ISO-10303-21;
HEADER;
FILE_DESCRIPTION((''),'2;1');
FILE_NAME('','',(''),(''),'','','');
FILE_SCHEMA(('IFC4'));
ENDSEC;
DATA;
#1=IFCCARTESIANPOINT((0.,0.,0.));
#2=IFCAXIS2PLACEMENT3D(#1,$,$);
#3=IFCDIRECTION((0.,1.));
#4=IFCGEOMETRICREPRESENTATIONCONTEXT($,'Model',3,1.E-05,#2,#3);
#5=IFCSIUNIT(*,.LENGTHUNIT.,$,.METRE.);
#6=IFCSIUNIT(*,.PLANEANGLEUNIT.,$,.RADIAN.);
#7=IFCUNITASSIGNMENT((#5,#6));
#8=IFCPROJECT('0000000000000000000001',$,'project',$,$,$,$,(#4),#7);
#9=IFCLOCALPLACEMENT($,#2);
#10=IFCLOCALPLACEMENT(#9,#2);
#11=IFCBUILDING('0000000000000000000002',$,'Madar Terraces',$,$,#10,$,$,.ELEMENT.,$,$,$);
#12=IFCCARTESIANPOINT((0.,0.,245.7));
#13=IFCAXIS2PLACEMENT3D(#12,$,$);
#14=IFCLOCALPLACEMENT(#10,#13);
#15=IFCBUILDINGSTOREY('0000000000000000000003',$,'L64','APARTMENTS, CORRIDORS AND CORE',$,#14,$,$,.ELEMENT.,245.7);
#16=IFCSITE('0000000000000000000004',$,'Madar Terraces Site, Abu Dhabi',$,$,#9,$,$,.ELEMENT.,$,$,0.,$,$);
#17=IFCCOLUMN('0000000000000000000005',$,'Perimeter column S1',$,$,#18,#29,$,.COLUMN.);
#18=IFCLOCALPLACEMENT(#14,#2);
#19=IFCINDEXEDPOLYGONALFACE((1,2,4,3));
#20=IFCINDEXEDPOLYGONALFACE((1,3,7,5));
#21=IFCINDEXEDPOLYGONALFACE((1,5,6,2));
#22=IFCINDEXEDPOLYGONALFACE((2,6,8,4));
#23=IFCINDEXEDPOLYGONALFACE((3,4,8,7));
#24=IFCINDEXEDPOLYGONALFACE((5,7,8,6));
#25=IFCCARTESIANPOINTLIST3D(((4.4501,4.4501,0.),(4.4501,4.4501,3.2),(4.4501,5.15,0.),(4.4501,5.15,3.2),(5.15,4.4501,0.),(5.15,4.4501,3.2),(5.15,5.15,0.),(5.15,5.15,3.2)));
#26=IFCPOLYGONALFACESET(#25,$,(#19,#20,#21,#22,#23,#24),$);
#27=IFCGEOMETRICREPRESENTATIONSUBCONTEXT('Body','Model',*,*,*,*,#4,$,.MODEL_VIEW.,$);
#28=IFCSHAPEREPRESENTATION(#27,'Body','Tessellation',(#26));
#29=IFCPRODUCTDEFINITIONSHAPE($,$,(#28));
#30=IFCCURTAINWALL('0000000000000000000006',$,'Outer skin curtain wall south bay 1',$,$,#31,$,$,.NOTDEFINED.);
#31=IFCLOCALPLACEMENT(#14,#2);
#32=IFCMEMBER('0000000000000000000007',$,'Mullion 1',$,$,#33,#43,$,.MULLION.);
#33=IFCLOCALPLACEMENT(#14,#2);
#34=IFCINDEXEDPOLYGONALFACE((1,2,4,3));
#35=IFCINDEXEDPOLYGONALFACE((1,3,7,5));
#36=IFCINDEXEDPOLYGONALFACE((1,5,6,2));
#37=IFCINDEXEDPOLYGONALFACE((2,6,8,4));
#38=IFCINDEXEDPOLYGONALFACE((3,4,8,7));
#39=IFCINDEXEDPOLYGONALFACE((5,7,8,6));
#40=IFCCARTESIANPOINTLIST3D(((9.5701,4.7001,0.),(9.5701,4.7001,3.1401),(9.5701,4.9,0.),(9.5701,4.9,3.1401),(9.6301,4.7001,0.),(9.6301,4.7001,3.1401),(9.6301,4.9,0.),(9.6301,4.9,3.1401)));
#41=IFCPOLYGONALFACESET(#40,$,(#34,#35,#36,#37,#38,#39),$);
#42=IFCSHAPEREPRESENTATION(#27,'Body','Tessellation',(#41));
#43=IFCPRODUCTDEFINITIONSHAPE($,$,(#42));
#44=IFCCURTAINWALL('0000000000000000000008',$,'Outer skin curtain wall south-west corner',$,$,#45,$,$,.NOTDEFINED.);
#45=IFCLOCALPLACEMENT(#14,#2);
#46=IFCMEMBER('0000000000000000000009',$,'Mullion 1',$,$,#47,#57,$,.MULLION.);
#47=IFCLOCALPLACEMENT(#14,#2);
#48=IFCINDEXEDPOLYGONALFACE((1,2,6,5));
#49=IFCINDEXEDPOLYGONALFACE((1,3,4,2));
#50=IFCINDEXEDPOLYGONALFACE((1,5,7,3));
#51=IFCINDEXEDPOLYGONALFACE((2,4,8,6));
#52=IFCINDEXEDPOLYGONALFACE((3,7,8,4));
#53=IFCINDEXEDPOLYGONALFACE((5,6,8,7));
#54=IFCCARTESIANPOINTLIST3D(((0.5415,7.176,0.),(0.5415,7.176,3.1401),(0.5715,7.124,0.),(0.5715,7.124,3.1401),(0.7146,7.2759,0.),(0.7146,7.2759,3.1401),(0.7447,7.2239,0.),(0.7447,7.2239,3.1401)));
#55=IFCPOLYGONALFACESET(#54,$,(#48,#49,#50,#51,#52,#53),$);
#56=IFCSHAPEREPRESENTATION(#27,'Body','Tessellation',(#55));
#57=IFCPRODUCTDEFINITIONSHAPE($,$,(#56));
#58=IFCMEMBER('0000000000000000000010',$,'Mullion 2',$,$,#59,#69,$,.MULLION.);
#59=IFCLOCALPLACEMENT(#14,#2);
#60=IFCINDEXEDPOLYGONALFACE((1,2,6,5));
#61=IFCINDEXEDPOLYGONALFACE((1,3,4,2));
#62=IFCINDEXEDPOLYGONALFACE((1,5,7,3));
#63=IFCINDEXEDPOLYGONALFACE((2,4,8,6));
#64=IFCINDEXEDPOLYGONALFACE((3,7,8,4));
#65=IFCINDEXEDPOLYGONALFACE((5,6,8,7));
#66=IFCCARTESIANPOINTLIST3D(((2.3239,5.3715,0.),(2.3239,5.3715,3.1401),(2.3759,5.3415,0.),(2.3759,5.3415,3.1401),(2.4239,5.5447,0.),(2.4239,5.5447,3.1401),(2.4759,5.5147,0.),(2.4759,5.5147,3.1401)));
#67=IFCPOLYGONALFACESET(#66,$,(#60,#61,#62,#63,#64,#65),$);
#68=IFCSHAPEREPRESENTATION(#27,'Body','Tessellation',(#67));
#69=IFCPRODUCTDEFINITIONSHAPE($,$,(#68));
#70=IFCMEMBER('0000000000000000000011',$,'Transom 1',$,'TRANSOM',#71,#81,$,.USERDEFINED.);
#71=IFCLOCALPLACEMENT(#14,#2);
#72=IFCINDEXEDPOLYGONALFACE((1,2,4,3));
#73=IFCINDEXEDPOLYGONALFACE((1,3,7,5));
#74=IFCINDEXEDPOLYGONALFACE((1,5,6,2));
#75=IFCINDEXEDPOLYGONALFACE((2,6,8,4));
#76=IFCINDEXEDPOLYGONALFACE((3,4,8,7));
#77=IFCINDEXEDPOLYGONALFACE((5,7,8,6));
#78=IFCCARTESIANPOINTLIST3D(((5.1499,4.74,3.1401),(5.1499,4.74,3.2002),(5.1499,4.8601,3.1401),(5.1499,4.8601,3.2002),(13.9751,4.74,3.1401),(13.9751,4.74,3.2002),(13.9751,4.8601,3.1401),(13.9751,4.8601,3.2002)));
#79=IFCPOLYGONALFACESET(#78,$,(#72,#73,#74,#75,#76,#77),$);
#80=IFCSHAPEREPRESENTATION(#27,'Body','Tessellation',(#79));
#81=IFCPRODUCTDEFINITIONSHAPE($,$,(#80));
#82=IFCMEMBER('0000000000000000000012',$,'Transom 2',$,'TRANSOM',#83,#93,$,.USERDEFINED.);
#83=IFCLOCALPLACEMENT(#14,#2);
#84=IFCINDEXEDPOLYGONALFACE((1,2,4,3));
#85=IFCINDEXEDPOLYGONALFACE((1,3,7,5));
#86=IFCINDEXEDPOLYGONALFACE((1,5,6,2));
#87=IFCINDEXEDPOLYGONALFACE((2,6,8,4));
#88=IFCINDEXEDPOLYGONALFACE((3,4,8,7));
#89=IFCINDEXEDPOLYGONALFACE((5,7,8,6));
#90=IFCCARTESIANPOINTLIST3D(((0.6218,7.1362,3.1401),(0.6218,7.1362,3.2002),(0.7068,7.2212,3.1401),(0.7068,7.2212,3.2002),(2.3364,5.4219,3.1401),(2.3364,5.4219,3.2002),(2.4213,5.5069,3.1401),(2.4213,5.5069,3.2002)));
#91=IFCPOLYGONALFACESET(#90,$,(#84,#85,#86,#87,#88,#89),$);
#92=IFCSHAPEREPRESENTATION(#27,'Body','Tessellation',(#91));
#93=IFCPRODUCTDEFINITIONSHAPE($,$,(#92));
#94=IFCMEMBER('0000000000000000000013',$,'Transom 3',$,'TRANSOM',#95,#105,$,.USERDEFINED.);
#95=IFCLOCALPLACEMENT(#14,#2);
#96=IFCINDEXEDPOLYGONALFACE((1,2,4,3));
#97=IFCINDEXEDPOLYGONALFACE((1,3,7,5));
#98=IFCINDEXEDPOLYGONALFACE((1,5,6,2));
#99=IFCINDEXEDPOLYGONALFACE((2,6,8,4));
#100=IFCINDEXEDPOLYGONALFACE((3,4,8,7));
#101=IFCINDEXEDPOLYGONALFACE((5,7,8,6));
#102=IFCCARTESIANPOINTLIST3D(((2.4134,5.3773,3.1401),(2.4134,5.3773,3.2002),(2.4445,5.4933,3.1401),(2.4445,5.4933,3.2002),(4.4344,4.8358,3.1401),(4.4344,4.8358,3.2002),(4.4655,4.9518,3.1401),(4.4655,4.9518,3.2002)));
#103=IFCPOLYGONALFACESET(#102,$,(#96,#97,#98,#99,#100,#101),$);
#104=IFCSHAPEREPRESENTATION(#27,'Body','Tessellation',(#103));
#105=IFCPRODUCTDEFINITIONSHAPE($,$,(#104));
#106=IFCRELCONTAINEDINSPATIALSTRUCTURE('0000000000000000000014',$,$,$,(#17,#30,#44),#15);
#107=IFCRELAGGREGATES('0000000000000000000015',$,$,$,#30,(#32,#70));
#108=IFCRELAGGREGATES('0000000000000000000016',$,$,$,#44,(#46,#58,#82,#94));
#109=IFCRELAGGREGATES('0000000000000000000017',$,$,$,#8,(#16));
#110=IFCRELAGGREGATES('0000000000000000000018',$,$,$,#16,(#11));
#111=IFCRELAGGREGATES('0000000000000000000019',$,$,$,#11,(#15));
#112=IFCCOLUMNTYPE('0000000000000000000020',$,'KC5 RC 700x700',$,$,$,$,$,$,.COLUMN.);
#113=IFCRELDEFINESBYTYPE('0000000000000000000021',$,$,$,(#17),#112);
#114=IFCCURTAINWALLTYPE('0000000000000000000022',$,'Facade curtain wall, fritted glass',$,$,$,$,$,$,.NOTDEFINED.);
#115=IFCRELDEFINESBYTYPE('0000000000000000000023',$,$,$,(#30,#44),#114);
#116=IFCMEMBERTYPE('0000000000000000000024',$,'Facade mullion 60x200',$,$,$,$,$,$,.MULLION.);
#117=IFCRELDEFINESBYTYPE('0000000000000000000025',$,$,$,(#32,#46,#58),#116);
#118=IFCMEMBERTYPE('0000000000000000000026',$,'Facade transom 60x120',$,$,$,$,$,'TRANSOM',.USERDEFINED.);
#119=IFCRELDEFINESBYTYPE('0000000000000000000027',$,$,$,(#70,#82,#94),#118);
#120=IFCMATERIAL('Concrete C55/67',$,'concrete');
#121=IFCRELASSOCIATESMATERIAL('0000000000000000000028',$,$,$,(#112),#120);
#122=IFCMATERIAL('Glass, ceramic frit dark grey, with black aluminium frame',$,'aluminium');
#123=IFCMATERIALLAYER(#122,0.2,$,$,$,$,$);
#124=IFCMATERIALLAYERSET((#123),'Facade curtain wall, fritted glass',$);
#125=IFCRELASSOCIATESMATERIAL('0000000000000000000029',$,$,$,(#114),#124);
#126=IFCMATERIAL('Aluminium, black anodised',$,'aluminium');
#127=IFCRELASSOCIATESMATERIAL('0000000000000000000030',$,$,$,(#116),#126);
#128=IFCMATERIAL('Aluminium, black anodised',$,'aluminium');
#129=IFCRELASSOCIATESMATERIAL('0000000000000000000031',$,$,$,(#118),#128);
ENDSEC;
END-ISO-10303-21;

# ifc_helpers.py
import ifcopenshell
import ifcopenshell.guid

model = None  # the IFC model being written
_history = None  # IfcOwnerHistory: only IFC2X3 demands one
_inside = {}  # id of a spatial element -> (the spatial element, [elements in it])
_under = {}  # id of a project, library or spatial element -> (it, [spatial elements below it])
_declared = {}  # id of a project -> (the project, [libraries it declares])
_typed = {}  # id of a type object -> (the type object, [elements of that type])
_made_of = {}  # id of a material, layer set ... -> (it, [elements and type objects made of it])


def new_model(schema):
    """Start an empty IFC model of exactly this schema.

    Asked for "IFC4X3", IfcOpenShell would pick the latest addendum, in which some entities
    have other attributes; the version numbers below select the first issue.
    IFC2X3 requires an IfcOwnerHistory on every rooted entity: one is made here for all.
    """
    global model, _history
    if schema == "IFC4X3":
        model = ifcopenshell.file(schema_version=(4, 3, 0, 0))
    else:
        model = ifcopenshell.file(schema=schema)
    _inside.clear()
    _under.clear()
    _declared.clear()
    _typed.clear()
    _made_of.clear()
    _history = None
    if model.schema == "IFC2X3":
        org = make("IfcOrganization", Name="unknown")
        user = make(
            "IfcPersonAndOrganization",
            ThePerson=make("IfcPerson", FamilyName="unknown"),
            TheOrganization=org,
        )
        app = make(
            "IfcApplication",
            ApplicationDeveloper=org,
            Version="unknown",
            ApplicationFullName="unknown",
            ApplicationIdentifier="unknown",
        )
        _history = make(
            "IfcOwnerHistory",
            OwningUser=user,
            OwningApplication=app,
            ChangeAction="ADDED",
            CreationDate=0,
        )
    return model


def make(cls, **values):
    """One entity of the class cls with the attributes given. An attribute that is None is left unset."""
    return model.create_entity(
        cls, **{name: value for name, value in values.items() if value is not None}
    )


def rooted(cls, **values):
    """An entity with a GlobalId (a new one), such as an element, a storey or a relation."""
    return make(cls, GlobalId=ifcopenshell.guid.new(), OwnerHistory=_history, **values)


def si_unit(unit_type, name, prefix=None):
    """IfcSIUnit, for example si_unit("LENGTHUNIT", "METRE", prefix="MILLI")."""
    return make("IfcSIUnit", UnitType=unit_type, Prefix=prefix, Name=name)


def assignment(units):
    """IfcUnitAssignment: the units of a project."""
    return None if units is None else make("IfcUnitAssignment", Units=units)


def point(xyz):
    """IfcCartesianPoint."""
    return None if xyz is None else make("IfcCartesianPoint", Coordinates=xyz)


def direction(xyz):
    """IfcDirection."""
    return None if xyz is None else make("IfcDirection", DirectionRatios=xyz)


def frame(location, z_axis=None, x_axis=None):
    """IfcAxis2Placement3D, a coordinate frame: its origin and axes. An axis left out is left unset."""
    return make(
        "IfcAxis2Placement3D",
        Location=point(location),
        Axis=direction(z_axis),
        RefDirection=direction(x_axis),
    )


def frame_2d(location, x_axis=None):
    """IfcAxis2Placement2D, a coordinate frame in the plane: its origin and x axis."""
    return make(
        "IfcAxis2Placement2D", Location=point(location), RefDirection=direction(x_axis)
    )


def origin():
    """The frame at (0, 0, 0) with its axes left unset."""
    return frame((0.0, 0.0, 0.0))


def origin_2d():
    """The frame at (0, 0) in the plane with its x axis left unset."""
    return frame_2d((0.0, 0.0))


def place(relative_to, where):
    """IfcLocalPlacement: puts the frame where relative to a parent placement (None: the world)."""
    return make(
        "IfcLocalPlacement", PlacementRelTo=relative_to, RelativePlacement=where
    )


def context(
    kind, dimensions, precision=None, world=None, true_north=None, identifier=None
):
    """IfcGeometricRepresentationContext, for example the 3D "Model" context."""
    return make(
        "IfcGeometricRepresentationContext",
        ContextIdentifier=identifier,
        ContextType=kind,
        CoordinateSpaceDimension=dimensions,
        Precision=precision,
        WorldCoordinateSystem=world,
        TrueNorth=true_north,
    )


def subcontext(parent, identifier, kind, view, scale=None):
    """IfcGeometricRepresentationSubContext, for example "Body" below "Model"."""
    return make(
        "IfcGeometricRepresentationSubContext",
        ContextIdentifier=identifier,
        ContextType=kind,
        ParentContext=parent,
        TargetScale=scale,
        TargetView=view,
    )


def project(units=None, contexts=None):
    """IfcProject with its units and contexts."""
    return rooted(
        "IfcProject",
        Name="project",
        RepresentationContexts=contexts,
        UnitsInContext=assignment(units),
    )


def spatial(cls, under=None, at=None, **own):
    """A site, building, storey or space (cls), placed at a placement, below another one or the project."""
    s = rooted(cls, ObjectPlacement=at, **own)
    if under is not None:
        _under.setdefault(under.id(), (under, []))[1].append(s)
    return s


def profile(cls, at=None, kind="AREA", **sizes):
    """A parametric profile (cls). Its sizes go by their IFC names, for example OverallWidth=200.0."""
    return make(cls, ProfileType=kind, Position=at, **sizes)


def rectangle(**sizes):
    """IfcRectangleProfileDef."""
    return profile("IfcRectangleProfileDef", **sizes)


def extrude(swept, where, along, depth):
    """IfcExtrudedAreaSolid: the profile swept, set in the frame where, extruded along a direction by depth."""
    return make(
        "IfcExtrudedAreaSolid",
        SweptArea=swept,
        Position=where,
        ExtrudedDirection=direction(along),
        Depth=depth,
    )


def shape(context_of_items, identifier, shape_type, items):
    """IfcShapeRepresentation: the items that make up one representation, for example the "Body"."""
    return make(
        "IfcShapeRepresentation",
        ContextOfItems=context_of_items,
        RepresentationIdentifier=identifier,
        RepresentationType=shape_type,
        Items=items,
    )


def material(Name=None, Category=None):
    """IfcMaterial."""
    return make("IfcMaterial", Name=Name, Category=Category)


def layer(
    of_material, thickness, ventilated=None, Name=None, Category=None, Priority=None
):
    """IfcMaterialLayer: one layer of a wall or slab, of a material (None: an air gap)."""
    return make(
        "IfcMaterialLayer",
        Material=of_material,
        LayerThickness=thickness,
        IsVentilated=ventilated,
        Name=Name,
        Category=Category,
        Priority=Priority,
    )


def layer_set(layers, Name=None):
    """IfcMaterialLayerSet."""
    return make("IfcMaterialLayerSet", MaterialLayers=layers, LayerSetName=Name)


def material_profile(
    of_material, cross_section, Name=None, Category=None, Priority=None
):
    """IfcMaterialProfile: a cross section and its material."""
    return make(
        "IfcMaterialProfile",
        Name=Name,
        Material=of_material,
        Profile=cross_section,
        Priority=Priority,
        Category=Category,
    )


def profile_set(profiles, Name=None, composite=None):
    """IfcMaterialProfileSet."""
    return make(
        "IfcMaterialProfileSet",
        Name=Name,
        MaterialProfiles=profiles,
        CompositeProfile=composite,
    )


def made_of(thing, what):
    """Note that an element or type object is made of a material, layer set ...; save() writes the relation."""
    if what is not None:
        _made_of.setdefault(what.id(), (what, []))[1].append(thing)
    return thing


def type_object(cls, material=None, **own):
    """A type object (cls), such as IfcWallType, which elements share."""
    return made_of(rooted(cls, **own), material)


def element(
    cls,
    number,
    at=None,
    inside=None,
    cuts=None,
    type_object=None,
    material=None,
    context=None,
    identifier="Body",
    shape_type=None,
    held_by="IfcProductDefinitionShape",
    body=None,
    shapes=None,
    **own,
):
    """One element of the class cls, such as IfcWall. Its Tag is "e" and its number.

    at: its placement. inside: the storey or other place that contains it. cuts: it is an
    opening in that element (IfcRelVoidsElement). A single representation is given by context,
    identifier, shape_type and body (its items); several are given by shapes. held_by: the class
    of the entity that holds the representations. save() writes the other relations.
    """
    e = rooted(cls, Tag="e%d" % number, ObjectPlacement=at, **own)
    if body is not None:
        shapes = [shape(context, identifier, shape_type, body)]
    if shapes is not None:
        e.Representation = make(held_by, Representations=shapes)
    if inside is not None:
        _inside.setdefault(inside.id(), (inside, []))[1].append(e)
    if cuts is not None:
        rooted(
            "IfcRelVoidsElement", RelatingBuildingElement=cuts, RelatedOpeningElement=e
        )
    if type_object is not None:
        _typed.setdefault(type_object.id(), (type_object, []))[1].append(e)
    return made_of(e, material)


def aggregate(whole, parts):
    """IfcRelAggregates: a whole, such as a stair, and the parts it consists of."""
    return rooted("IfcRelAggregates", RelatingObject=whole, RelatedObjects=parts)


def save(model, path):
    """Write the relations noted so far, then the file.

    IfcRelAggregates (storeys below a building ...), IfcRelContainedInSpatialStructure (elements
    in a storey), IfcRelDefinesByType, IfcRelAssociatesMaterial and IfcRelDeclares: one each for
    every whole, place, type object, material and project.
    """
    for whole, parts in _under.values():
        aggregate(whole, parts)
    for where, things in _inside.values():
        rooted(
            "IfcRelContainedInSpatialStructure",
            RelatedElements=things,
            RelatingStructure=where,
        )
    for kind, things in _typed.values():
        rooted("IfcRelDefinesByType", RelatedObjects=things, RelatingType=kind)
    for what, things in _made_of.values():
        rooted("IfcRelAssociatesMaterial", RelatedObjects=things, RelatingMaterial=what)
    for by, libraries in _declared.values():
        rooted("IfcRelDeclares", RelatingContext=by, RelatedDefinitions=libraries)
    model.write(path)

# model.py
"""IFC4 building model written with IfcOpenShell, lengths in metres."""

from ifc_helpers import new_model, si_unit, direction, frame, origin, origin_2d, place, context, subcontext, project, spatial, rectangle, extrude, material, layer, layer_set, material_profile, profile_set, type_object, element, aggregate, save


model = new_model("IFC4")

# Units and contexts
model_context = context("Model", 3, precision=1e-05, world=origin(), true_north=direction((0.0, 1.0)))
body_context = subcontext(model_context, "Body", "Model", "MODEL_VIEW")
ifc_project = project(units=[si_unit("LENGTHUNIT", "METRE"), si_unit("PLANEANGLEUNIT", "RADIAN")], contexts=[model_context])

# Site, building, storey
site_placement = place(None, origin())
site = spatial("IfcSite", under=ifc_project, at=site_placement, Name="Madar Terraces Site, Abu Dhabi", CompositionType="ELEMENT", RefElevation=0.0)
building_placement = place(site_placement, origin())
building = spatial("IfcBuilding", under=site, at=building_placement, Name="Madar Terraces", CompositionType="ELEMENT")
storey_placement = place(building_placement, frame((0.0, 0.0, 245.7)))
storey = spatial("IfcBuildingStorey", under=building, at=storey_placement, Name="L64", Description="APARTMENTS, CORRIDORS AND CORE", CompositionType="ELEMENT", Elevation=245.7)

# Column
ifc_material_1 = material(Name="Concrete C55/67", Category="concrete")
ifc_material_profile_1 = material_profile(ifc_material_1, rectangle(XDim=0.7, YDim=0.7, at=origin_2d()), Name="KC5 RC 700x700")
ifc_profile_set_1 = profile_set([ifc_material_profile_1], Name="Concrete C55/67")
column_type = type_object("IfcColumnType", Name="KC5 RC 700x700", PredefinedType="COLUMN", material=ifc_profile_set_1)
column_placement = place(storey_placement, frame((4.8, 4.8, 0.0), z_axis=(0.0, 0.0, 1.0), x_axis=(1.0, 0.0, 0.0)))
element("IfcColumn", 1, at=column_placement, inside=storey, type_object=column_type, Name="Perimeter column S1", PredefinedType="COLUMN", context=body_context, shape_type="SweptSolid", body=[
    extrude(rectangle(XDim=0.7, YDim=0.7, at=origin_2d()), origin(), (0.0, 0.0, 1.0), 3.2),
])

# Curtain wall, member
ifc_material_2 = material(Name="Glass, ceramic frit dark grey, with black aluminium frame", Category="aluminium")
ifc_layer_1 = layer(ifc_material_2, 0.2)
ifc_layer_set_1 = layer_set([ifc_layer_1], Name="Facade curtain wall, fritted glass")
curtain_wall_type = type_object("IfcCurtainWallType", Name="Facade curtain wall, fritted glass", PredefinedType="NOTDEFINED", material=ifc_layer_set_1)
curtain_wall_1_placement = place(storey_placement, origin())
curtain_wall_1 = element("IfcCurtainWall", 2, at=curtain_wall_1_placement, inside=storey, type_object=curtain_wall_type, Name="Outer skin curtain wall south bay 1", PredefinedType="NOTDEFINED")
ifc_material_3 = material(Name="Aluminium, black anodised", Category="aluminium")
ifc_material_profile_2 = material_profile(ifc_material_3, rectangle(XDim=0.2, YDim=0.0601, at=origin_2d()), Name="Facade mullion 60x200")
ifc_profile_set_2 = profile_set([ifc_material_profile_2], Name="Aluminium, black anodised")
member_type_1 = type_object("IfcMemberType", Name="Facade mullion 60x200", PredefinedType="MULLION", material=ifc_profile_set_2)
member_1_placement = place(storey_placement, frame((9.6001, 4.8, 0.0), z_axis=(0.0, 0.0, 1.0), x_axis=(0.0, 1.0, 0.0)))
member_1 = element("IfcMember", 3, at=member_1_placement, type_object=member_type_1, Name="Mullion 1", PredefinedType="MULLION", context=body_context, shape_type="SweptSolid", body=[
    extrude(rectangle(XDim=0.2, YDim=0.0601, at=origin_2d()), origin(), (0.0, 0.0, 1.0), 3.1401),
])

# Curtain wall, members
curtain_wall_2_placement = place(storey_placement, origin())
curtain_wall_2 = element("IfcCurtainWall", 4, at=curtain_wall_2_placement, inside=storey, type_object=curtain_wall_type, Name="Outer skin curtain wall south-west corner", PredefinedType="NOTDEFINED")
member_2_placement = place(storey_placement, frame((0.6431, 7.2, 0.0), z_axis=(0.0, 0.0, 1.0), x_axis=(0.866025, 0.5, 0.0)))
member_2 = element("IfcMember", 5, at=member_2_placement, type_object=member_type_1, Name="Mullion 1", PredefinedType="MULLION", context=body_context, shape_type="SweptSolid", body=[
    extrude(rectangle(XDim=0.2, YDim=0.0601, at=origin_2d()), origin(), (0.0, 0.0, 1.0), 3.1401),
])
member_3_placement = place(storey_placement, frame((2.3999, 5.4431, 0.0), z_axis=(0.0, 0.0, 1.0), x_axis=(0.5, 0.866025, 0.0)))
member_3 = element("IfcMember", 6, at=member_3_placement, type_object=member_type_1, Name="Mullion 2", PredefinedType="MULLION", context=body_context, shape_type="SweptSolid", body=[
    extrude(rectangle(XDim=0.2, YDim=0.0601, at=origin_2d()), origin(), (0.0, 0.0, 1.0), 3.1401),
])

# Members
ifc_material_4 = material(Name="Aluminium, black anodised", Category="aluminium")
ifc_material_profile_3 = material_profile(ifc_material_4, rectangle(XDim=0.1201, YDim=0.0601, at=origin_2d()), Name="Facade transom 60x120")
ifc_profile_set_3 = profile_set([ifc_material_profile_3], Name="Aluminium, black anodised")
member_type_2 = type_object("IfcMemberType", Name="Facade transom 60x120", ElementType="TRANSOM", PredefinedType="USERDEFINED", material=ifc_profile_set_3)
member_4_placement = place(storey_placement, frame((5.1499, 4.8, 3.1702), z_axis=(1.0, 0.0, 0.0), x_axis=(0.0, 1.0, 0.0)))
member_4 = element("IfcMember", 7, at=member_4_placement, type_object=member_type_2, Name="Transom 1", ObjectType="TRANSOM", PredefinedType="USERDEFINED", context=body_context, shape_type="SweptSolid", body=[
    extrude(rectangle(XDim=0.1201, YDim=0.0601, at=origin_2d()), origin(), (0.0, 0.0, 1.0), 8.8252),
])
member_5_placement = place(storey_placement, frame((0.6643, 7.1787, 3.1702), z_axis=(0.707157, -0.707056, 0.0), x_axis=(0.707056, 0.707157, 0.0)))
member_5 = element("IfcMember", 8, at=member_5_placement, type_object=member_type_2, Name="Transom 2", ObjectType="TRANSOM", PredefinedType="USERDEFINED", context=body_context, shape_type="SweptSolid", body=[
    extrude(rectangle(XDim=0.1201, YDim=0.0601, at=origin_2d()), origin(), (0.0, 0.0, 1.0), 2.4246),
])
member_6_placement = place(storey_placement, frame((2.429, 5.4353, 3.1702), z_axis=(0.965928, -0.25881, 0.0), x_axis=(0.25881, 0.965928, 0.0)))
member_6 = element("IfcMember", 9, at=member_6_placement, type_object=member_type_2, Name="Transom 3", ObjectType="TRANSOM", PredefinedType="USERDEFINED", context=body_context, shape_type="SweptSolid", body=[
    extrude(rectangle(XDim=0.1201, YDim=0.0601, at=origin_2d()), origin(), (0.0, 0.0, 1.0), 2.0923),
])

aggregate(curtain_wall_1, [member_1, member_4])
aggregate(curtain_wall_2, [member_2, member_3, member_5, member_6])

save(model, "model.ifc")
